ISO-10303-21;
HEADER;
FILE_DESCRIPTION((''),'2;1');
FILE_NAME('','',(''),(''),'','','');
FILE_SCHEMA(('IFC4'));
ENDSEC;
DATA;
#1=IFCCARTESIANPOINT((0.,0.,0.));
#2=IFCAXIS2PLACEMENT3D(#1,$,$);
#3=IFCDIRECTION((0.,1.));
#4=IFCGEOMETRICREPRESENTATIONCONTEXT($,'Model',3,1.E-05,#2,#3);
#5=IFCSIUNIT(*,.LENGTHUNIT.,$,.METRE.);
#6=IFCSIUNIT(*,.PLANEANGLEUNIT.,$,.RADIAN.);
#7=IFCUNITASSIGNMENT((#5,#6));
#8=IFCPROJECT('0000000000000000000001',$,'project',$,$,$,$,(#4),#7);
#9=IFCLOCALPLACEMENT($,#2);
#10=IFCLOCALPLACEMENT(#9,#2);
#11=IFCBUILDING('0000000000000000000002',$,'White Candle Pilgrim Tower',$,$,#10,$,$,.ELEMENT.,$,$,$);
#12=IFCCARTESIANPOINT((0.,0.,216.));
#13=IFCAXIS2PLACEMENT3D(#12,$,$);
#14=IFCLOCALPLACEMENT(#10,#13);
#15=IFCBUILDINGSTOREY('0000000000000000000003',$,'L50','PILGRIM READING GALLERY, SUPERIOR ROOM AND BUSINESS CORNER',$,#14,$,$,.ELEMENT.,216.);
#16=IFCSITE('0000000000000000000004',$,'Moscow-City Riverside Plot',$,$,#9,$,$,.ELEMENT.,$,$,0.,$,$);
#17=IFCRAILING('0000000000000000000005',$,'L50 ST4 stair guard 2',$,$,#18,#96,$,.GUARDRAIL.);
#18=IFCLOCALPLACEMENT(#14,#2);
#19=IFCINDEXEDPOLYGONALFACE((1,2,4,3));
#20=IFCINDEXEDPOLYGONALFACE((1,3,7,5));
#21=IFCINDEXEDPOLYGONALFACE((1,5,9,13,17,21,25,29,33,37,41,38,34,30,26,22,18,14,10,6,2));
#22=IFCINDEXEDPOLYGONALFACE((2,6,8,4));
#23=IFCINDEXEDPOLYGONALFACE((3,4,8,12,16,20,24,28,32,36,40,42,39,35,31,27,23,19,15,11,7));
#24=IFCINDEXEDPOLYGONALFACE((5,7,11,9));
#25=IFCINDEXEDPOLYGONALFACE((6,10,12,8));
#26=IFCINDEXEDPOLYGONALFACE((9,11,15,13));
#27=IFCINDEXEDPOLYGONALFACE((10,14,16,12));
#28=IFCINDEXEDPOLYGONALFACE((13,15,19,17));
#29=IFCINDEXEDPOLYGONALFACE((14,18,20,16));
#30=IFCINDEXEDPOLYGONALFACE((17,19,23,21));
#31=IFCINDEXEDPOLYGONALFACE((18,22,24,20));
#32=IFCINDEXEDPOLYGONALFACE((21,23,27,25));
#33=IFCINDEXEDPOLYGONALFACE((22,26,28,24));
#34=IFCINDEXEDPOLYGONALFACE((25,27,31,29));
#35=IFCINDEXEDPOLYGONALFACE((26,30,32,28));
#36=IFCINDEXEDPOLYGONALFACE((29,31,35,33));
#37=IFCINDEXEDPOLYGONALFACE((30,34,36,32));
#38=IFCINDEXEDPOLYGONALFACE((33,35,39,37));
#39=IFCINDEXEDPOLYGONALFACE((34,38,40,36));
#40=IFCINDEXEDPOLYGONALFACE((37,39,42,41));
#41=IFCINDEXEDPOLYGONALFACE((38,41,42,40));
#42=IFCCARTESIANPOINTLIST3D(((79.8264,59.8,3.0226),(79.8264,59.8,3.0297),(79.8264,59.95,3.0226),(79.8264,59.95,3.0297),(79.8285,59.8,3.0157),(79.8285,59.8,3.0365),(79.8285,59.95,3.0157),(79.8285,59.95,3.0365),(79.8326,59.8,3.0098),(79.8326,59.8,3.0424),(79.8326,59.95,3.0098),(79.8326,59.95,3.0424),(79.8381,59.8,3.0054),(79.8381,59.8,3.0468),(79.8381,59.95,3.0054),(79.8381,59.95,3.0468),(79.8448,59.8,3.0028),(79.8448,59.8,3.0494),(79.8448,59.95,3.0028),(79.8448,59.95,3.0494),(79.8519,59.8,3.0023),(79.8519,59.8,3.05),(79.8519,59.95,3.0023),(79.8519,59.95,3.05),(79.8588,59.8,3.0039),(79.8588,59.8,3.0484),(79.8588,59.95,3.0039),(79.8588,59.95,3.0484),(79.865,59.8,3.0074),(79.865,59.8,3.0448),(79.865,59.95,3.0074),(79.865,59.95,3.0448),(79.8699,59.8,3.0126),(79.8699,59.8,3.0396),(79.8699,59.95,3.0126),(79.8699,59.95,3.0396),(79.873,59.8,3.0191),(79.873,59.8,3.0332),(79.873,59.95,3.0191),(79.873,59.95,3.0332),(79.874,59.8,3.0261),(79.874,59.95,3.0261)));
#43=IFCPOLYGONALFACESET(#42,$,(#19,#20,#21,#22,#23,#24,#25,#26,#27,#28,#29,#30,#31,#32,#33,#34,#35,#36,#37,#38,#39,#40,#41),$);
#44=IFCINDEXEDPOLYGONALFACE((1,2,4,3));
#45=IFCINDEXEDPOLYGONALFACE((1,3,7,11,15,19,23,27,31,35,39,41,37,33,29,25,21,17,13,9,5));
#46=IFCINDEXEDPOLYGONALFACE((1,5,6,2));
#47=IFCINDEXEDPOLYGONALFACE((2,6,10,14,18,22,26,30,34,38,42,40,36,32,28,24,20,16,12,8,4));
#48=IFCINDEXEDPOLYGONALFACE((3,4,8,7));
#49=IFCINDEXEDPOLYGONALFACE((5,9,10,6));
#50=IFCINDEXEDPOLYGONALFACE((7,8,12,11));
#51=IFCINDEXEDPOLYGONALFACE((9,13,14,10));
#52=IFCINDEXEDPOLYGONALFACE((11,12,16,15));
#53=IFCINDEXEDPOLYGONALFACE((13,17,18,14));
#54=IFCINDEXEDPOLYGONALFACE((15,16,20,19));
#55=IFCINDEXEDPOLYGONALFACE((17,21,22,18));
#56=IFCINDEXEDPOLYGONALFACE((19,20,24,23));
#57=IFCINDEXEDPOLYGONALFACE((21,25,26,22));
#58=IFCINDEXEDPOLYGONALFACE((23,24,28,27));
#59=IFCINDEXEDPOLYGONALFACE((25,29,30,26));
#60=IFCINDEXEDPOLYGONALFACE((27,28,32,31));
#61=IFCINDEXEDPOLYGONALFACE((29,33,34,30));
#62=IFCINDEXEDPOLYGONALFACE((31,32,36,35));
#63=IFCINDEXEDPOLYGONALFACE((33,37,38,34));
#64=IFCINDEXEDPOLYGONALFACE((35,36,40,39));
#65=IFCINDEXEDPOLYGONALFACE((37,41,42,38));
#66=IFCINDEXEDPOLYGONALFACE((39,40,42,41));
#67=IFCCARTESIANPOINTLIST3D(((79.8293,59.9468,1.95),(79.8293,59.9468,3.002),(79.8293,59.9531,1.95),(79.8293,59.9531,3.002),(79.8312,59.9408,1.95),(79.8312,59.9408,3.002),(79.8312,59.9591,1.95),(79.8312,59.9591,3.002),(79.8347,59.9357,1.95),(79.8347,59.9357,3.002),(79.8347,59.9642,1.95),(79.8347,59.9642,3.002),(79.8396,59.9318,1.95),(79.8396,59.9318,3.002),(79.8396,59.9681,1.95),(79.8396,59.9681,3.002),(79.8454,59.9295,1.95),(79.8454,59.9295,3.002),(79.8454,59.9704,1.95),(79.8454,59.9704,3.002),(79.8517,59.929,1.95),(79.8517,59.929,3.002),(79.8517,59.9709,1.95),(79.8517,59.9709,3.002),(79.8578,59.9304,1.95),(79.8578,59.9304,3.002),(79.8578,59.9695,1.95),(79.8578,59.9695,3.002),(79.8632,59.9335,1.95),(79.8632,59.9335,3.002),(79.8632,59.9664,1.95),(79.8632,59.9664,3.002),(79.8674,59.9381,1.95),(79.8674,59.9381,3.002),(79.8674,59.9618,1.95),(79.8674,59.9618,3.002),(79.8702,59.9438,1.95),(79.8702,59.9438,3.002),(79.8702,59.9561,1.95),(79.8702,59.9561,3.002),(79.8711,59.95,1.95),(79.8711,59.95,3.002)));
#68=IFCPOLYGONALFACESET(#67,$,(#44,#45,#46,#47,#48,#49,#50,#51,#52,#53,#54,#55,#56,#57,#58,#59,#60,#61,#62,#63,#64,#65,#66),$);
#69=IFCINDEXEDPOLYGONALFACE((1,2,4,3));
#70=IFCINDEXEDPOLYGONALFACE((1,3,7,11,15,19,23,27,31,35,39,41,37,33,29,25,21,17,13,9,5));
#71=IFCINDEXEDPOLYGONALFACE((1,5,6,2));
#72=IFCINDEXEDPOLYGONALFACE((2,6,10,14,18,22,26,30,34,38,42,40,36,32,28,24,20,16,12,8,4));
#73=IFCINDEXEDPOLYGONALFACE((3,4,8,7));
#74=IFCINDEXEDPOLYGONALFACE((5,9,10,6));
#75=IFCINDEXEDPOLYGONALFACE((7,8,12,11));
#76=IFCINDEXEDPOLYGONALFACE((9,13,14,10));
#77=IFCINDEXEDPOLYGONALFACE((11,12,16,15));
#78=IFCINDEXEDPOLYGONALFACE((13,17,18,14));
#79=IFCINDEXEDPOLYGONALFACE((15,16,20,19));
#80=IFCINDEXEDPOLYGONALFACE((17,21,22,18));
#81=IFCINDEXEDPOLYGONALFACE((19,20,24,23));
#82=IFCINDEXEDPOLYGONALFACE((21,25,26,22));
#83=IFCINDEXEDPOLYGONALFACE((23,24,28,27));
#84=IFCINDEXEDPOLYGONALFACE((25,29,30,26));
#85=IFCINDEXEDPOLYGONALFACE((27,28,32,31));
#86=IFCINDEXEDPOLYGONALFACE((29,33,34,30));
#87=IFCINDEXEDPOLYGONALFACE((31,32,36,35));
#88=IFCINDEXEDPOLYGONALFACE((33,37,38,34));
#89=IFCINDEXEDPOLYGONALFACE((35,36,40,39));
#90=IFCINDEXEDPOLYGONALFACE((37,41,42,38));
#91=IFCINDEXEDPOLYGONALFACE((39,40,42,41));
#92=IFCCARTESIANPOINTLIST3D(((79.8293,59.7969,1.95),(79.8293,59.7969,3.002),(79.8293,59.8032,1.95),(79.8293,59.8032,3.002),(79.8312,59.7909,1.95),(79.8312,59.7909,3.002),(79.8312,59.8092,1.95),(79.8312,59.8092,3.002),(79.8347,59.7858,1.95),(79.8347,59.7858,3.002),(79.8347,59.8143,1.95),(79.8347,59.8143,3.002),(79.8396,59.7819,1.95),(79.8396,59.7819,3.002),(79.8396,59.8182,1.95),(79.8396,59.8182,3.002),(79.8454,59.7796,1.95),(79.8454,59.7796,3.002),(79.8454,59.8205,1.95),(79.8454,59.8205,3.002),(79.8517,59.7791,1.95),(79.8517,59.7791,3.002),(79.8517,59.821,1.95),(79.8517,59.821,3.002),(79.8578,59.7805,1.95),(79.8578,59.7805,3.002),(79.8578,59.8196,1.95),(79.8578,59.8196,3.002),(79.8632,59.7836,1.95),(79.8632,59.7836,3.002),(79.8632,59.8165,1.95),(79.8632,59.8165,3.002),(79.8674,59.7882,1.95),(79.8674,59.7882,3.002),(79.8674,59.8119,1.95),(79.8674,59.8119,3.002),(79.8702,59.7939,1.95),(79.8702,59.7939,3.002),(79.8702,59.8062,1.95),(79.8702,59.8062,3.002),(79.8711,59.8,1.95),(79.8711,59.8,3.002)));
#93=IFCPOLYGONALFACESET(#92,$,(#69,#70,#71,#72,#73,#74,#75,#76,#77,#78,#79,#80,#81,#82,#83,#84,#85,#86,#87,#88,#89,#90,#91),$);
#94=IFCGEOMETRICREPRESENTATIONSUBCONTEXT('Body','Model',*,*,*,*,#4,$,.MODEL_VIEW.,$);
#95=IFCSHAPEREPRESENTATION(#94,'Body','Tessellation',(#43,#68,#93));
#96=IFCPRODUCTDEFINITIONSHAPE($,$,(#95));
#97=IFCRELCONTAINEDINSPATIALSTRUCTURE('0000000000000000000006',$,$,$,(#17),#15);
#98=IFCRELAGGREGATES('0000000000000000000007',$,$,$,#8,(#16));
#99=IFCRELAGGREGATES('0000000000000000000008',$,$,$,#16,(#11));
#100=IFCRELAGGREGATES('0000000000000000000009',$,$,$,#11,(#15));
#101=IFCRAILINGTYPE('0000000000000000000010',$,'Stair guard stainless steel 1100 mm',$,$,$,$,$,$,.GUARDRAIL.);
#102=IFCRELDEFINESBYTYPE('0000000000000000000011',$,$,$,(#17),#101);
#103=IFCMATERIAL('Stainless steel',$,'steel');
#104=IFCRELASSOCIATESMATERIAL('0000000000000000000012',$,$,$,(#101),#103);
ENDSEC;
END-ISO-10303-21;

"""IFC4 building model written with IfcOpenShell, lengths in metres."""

from ifc_helpers import new_model, si_unit, direction, frame, origin, origin_2d, place, context, subcontext, project, spatial, circle, extrude, material, type_object, element, save


model = new_model("IFC4")

# Units and contexts
model_context = context("Model", 3, precision=1e-05, world=origin(), true_north=direction((0.0, 1.0)))
body_context = subcontext(model_context, "Body", "Model", "MODEL_VIEW")
ifc_project = project(units=[si_unit("LENGTHUNIT", "METRE"), si_unit("PLANEANGLEUNIT", "RADIAN")], contexts=[model_context])

# Site, building, storey
site_placement = place(None, origin())
site = spatial("IfcSite", under=ifc_project, at=site_placement, Name="Moscow-City Riverside Plot", CompositionType="ELEMENT", RefElevation=0.0)
building_placement = place(site_placement, origin())
building = spatial("IfcBuilding", under=site, at=building_placement, Name="White Candle Pilgrim Tower", CompositionType="ELEMENT")
storey_placement = place(building_placement, frame((0.0, 0.0, 216.0)))
storey = spatial("IfcBuildingStorey", under=building, at=storey_placement, Name="L50", Description="PILGRIM READING GALLERY, SUPERIOR ROOM AND BUSINESS CORNER", CompositionType="ELEMENT", Elevation=216.0)

# Railing
ifc_material_1 = material(Name="Stainless steel", Category="steel")
railing_type_1 = type_object("IfcRailingType", Name="Stair guard stainless steel 1100 mm", PredefinedType="GUARDRAIL", material=ifc_material_1)
railing_1_placement = place(storey_placement, frame((79.8501, 59.95, 1.95)))
element("IfcRailing", 1, at=railing_1_placement, inside=storey, type_object=railing_type_1, Name="L50 ST4 stair guard 2", PredefinedType="GUARDRAIL", context=body_context, shape_type="SweptSolid", body=[
    extrude(circle(Radius=0.0239, at=origin_2d()), frame((0.0, 0.0, 1.0762), z_axis=(0.0, -1.0, 0.0), x_axis=(1.0, 0.0, 0.0)), (0.0, 0.0, 1.0), 0.1499),
    extrude(circle(Radius=0.021, at=origin_2d()), origin(), (0.0, 0.0, 1.0), 1.052),
    extrude(circle(Radius=0.021, at=origin_2d()), frame((0.0, -0.1499, 0.0)), (0.0, 0.0, 1.0), 1.052),
])

save(model, "model.ifc")
